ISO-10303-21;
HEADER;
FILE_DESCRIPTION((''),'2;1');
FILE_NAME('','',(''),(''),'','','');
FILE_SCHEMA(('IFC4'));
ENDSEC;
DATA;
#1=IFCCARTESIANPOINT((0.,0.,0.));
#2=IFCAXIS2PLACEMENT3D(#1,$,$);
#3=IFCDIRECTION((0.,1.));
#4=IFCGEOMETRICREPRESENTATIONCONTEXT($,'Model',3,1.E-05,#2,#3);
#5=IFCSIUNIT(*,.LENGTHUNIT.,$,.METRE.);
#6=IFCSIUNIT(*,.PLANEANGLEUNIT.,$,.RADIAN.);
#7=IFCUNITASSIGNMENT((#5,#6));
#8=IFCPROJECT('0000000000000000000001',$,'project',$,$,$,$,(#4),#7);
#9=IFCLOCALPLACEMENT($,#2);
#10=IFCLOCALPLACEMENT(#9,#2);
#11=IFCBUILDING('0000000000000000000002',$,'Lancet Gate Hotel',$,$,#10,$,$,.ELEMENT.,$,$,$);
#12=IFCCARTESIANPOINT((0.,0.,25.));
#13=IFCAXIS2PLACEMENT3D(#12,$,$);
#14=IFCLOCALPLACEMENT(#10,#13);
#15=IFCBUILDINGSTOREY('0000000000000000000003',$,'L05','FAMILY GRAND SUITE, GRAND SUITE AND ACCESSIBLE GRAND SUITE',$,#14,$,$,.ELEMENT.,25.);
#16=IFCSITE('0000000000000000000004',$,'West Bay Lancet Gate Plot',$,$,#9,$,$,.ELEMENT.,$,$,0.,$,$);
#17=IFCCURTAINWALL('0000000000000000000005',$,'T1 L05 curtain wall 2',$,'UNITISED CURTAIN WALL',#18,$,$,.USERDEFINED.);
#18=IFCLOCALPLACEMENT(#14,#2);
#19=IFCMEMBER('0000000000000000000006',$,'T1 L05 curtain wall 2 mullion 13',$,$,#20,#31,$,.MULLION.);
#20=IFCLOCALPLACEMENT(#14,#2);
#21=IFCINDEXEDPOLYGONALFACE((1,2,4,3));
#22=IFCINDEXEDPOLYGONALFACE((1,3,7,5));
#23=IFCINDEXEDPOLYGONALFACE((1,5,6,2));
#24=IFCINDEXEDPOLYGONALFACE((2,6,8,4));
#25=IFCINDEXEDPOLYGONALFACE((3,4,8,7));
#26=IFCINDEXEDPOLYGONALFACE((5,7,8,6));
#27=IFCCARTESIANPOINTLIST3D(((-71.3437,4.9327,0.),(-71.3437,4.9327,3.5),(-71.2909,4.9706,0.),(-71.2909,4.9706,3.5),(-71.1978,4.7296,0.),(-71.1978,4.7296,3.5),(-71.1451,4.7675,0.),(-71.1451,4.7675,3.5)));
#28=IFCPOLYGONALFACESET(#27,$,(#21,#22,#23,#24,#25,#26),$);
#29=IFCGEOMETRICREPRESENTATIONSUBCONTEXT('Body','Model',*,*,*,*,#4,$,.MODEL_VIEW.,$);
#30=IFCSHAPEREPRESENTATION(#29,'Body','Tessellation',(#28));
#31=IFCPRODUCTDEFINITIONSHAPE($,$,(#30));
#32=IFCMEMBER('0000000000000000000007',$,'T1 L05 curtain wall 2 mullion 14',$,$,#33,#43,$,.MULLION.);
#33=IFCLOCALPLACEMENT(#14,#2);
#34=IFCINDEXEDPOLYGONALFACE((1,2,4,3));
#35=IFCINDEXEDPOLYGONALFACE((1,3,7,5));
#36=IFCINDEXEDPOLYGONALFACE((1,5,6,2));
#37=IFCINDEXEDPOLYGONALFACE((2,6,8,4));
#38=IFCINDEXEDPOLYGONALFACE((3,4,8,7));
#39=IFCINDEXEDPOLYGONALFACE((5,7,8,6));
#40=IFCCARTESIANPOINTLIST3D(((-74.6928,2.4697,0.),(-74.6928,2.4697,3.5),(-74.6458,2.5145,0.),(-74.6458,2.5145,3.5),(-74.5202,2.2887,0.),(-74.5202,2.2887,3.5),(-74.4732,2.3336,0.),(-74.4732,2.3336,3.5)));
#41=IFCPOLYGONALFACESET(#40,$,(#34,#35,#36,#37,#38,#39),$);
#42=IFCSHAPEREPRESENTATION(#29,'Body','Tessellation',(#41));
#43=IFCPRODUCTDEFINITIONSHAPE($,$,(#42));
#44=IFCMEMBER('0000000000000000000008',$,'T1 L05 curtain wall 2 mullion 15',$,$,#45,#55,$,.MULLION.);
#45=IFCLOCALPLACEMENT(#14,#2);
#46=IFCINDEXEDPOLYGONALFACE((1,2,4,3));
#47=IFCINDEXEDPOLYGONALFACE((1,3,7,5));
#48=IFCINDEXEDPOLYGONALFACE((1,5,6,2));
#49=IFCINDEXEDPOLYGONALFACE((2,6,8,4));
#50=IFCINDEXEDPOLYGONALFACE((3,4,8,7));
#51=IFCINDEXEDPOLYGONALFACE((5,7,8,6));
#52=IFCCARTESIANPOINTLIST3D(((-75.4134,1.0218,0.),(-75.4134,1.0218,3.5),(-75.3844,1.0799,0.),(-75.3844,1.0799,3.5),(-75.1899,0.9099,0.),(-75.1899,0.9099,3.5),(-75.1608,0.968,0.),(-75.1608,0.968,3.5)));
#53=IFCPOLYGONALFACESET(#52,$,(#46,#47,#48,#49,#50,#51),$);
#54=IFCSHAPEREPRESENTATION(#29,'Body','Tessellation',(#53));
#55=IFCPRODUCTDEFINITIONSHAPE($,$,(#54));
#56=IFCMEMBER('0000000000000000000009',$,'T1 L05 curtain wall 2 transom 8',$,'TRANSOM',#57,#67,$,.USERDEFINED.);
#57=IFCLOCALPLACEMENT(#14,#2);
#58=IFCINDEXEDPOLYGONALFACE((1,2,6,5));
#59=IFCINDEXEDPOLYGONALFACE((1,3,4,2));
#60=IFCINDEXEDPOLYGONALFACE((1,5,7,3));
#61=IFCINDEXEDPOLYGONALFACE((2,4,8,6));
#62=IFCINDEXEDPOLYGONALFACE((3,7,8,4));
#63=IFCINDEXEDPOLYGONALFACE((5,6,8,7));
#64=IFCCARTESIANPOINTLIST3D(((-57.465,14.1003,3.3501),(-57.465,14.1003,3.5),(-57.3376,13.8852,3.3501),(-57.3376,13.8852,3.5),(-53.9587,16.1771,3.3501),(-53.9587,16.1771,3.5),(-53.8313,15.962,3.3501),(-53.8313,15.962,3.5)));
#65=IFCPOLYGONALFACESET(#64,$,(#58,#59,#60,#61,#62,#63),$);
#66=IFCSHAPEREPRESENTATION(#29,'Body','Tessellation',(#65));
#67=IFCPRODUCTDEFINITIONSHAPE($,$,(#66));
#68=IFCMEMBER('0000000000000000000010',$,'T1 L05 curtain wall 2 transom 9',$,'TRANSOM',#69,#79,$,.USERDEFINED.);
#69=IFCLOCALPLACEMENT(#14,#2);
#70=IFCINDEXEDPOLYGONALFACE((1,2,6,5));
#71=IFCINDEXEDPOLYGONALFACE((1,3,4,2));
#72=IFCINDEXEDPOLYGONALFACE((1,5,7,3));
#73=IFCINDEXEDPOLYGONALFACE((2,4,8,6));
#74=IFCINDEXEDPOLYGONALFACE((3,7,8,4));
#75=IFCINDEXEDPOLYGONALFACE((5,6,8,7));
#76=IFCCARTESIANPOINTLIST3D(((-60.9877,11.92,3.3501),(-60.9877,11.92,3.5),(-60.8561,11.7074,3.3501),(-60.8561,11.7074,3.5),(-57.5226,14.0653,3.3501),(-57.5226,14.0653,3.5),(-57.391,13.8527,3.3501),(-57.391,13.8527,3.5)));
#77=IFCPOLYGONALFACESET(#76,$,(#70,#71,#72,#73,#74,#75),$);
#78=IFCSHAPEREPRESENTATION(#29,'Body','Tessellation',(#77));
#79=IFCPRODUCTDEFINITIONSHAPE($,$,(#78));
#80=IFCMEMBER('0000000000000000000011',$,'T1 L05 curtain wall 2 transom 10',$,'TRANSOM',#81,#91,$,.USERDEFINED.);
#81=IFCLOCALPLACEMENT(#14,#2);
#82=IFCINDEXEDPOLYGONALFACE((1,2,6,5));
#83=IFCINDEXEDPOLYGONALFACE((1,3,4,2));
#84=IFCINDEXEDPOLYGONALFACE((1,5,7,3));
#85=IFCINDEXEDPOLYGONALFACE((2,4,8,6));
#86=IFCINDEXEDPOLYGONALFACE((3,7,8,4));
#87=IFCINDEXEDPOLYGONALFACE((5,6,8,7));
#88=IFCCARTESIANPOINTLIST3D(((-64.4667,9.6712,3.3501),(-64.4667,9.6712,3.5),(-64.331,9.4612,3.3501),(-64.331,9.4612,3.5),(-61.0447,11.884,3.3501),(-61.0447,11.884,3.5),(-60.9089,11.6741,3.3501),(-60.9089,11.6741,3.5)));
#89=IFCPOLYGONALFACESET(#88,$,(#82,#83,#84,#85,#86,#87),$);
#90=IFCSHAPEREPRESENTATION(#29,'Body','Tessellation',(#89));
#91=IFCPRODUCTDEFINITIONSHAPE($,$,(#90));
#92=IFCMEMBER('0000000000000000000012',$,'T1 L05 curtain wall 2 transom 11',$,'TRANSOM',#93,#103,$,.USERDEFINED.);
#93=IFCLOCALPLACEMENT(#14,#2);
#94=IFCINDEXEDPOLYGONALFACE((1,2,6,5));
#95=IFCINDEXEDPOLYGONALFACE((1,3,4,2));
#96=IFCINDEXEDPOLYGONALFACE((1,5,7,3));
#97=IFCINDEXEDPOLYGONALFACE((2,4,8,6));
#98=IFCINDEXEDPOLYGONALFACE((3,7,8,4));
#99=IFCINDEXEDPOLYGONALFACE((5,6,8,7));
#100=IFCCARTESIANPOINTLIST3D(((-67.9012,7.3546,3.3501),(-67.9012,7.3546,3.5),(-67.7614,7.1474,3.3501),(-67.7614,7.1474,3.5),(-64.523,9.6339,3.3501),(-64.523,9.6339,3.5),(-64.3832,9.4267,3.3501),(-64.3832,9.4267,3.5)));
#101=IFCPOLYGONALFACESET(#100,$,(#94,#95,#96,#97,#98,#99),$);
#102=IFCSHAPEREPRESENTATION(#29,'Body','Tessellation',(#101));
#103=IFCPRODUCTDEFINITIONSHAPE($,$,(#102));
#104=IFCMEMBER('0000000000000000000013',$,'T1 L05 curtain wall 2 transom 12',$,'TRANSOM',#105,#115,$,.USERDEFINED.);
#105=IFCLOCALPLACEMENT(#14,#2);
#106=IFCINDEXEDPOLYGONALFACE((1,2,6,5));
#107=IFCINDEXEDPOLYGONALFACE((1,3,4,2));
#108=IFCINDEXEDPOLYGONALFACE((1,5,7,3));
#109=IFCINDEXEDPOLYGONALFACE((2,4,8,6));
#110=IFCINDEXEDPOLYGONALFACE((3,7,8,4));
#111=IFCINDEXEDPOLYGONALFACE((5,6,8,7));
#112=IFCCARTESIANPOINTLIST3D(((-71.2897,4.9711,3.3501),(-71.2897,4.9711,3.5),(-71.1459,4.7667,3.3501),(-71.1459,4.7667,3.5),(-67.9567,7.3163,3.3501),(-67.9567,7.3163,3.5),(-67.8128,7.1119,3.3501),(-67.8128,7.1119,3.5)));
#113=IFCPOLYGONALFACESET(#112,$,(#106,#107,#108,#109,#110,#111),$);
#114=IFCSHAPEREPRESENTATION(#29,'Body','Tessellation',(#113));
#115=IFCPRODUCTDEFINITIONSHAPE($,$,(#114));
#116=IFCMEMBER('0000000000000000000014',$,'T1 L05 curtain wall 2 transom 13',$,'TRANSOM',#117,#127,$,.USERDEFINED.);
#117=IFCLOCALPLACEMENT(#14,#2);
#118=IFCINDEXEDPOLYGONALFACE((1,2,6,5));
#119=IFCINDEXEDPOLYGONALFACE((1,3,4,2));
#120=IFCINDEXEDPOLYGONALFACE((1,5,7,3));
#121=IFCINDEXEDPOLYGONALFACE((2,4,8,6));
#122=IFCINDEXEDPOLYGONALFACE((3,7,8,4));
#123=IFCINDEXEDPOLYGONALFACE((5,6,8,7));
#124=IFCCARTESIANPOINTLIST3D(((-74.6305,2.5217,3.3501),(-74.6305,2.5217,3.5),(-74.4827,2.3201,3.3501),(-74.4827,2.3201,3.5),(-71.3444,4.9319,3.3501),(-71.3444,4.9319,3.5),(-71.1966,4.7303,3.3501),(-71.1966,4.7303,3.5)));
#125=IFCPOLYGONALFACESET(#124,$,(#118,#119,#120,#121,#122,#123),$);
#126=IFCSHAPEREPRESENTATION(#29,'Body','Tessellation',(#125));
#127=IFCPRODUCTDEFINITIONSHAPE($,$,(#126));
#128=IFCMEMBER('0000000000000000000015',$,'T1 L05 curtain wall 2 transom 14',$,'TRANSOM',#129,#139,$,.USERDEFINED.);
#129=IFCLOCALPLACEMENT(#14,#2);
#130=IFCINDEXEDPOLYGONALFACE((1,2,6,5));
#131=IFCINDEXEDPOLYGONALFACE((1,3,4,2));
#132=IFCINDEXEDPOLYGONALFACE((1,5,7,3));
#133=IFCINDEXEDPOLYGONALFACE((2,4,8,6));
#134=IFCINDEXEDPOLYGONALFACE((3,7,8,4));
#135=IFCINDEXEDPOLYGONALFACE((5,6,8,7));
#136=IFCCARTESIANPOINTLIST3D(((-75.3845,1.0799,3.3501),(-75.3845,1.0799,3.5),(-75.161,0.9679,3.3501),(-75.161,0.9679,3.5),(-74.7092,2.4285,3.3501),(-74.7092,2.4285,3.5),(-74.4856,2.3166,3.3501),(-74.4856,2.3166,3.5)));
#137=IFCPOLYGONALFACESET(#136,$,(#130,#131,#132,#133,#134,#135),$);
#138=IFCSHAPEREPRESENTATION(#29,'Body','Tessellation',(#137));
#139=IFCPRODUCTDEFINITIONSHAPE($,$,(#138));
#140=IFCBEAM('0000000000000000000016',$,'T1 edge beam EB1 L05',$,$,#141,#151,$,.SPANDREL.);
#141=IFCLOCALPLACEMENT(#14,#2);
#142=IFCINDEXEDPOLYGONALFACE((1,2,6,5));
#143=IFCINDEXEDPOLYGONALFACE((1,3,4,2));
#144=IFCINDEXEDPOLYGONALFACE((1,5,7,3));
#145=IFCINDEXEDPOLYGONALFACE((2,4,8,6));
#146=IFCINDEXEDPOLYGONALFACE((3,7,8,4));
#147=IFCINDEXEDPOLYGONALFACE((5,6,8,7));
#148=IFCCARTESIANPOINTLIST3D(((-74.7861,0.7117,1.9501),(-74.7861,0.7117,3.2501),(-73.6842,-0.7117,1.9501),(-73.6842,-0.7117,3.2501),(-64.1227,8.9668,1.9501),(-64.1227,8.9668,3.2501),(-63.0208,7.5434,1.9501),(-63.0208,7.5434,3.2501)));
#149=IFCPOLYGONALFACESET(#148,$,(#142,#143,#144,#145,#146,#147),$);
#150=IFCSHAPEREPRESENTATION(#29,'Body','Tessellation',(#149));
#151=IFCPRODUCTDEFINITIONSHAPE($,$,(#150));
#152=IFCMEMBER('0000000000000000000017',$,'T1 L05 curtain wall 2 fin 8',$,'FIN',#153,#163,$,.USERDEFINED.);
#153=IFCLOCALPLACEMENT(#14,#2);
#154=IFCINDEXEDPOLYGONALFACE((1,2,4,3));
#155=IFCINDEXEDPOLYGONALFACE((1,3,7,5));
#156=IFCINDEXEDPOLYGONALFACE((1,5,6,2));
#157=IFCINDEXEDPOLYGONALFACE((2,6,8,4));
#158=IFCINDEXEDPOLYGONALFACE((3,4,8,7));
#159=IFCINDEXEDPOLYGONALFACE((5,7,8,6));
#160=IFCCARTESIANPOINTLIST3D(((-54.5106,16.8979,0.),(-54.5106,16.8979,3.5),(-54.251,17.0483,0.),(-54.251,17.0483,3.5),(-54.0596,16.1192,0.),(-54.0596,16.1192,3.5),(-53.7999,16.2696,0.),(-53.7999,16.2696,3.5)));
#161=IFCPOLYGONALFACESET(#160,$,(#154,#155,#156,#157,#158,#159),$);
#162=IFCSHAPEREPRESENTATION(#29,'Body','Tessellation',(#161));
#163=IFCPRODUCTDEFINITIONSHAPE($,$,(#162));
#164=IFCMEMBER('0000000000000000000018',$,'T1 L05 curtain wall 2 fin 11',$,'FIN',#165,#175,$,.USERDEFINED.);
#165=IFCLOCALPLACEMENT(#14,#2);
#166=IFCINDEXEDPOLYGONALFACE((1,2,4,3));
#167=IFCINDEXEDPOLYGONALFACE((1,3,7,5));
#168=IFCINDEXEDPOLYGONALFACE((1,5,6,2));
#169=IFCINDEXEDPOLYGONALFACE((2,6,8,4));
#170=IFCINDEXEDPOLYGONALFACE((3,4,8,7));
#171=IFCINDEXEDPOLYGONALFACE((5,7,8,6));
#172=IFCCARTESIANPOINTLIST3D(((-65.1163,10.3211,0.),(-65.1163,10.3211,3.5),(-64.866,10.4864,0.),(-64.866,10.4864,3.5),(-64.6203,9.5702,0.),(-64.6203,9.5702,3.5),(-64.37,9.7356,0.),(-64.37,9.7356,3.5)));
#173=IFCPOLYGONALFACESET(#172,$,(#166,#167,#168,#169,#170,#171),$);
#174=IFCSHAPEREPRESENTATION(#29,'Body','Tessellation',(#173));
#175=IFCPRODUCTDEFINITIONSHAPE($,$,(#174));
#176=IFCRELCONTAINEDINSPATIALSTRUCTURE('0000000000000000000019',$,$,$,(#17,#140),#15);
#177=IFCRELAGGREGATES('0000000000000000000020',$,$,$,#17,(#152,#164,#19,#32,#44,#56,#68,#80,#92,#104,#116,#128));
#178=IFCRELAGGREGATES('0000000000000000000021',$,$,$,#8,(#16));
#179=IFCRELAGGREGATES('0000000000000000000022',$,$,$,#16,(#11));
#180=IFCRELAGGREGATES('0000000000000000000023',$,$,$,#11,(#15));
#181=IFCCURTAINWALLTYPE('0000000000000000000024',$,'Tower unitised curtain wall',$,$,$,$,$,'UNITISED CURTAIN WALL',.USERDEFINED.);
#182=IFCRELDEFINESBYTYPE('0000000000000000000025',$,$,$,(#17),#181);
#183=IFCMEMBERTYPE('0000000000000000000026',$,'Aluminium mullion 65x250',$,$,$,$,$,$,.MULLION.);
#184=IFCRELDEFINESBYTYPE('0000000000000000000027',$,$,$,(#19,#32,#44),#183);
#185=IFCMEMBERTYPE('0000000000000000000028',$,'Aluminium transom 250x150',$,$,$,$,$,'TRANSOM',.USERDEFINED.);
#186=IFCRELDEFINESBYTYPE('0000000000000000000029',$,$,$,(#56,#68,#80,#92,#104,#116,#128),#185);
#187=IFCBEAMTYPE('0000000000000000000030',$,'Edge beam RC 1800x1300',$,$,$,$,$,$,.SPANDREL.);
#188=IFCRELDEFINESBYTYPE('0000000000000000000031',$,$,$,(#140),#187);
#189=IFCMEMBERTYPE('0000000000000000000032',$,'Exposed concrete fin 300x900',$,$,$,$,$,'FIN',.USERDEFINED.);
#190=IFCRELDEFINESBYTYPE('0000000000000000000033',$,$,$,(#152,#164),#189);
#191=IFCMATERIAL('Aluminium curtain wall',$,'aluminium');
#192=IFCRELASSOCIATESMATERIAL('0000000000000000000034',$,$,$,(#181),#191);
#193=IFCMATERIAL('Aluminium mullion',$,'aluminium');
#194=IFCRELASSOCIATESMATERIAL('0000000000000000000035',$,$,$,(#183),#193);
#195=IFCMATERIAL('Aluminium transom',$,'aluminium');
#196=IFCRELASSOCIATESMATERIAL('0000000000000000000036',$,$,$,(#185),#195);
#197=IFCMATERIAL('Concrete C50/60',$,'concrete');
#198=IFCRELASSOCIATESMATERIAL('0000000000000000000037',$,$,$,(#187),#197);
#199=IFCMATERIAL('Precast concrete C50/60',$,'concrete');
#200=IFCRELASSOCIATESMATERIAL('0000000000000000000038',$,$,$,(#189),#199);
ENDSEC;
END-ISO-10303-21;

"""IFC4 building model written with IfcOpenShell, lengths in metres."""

from ifc_helpers import new_model, si_unit, direction, frame, origin, origin_2d, place, context, subcontext, project, spatial, rectangle, extrude, material, material_profile, profile_set, type_object, element, aggregate, save


model = new_model("IFC4")

# Units and contexts
model_context = context("Model", 3, precision=1e-05, world=origin(), true_north=direction((0.0, 1.0)))
body_context = subcontext(model_context, "Body", "Model", "MODEL_VIEW")
ifc_project = project(units=[si_unit("LENGTHUNIT", "METRE"), si_unit("PLANEANGLEUNIT", "RADIAN")], contexts=[model_context])

# Site, building, storey
site_placement = place(None, origin())
site = spatial("IfcSite", under=ifc_project, at=site_placement, Name="West Bay Lancet Gate Plot", CompositionType="ELEMENT", RefElevation=0.0)
building_placement = place(site_placement, origin())
building = spatial("IfcBuilding", under=site, at=building_placement, Name="Lancet Gate Hotel", CompositionType="ELEMENT")
storey_placement = place(building_placement, frame((0.0, 0.0, 25.0)))
storey = spatial("IfcBuildingStorey", under=building, at=storey_placement, Name="L05", Description="FAMILY GRAND SUITE, GRAND SUITE AND ACCESSIBLE GRAND SUITE", CompositionType="ELEMENT", Elevation=25.0)

# Curtain wall, members
ifc_material_1 = material(Name="Aluminium curtain wall", Category="aluminium")
curtain_wall_type = type_object("IfcCurtainWallType", Name="Tower unitised curtain wall", ElementType="UNITISED CURTAIN WALL", PredefinedType="USERDEFINED", material=ifc_material_1)
curtain_wall_placement = place(storey_placement, origin())
curtain_wall = element("IfcCurtainWall", 1, at=curtain_wall_placement, inside=storey, type_object=curtain_wall_type, Name="T1 L05 curtain wall 2", ObjectType="UNITISED CURTAIN WALL", PredefinedType="USERDEFINED")
ifc_material_2 = material(Name="Aluminium mullion", Category="aluminium")
ifc_material_profile_1 = material_profile(ifc_material_2, rectangle(XDim=0.0649, YDim=0.25, at=origin_2d()), Name="MULLION 65x250")
ifc_profile_set_1 = profile_set([ifc_material_profile_1], Name="Aluminium mullion")
member_type_1 = type_object("IfcMemberType", Name="Aluminium mullion 65x250", PredefinedType="MULLION", material=ifc_profile_set_1)
member_1_placement = place(storey_placement, frame((-71.2444, 4.8501, 0.0), z_axis=(0.0, 0.0, 1.0), x_axis=(-0.812147, -0.583453, 0.0)))
member_1 = element("IfcMember", 2, at=member_1_placement, type_object=member_type_1, Name="T1 L05 curtain wall 2 mullion 13", PredefinedType="MULLION", context=body_context, shape_type="SweptSolid", body=[
    extrude(rectangle(XDim=0.0649, YDim=0.25, at=origin_2d()), origin(), (0.0, 0.0, 1.0), 3.5),
])
member_2_placement = place(storey_placement, frame((-74.583, 2.4016, 0.0), z_axis=(0.0, 0.0, 1.0), x_axis=(-0.723696, -0.690119, 0.0)))
member_2 = element("IfcMember", 3, at=member_2_placement, type_object=member_type_1, Name="T1 L05 curtain wall 2 mullion 14", PredefinedType="MULLION", context=body_context, shape_type="SweptSolid", body=[
    extrude(rectangle(XDim=0.0649, YDim=0.25, at=origin_2d()), origin(), (0.0, 0.0, 1.0), 3.5),
])
member_3_placement = place(storey_placement, frame((-75.2871, 0.9949, 0.0), z_axis=(0.0, 0.0, 1.0), x_axis=(-0.447628, -0.89422, 0.0)))
member_3 = element("IfcMember", 4, at=member_3_placement, type_object=member_type_1, Name="T1 L05 curtain wall 2 mullion 15", PredefinedType="MULLION", context=body_context, shape_type="SweptSolid", body=[
    extrude(rectangle(XDim=0.0649, YDim=0.25, at=origin_2d()), origin(), (0.0, 0.0, 1.0), 3.5),
])
ifc_material_3 = material(Name="Aluminium transom", Category="aluminium")
ifc_material_profile_2 = material_profile(ifc_material_3, rectangle(XDim=0.25, YDim=0.1499, at=origin_2d()), Name="TRANSOM 250x150")
ifc_profile_set_2 = profile_set([ifc_material_profile_2], Name="Aluminium transom")
member_type_2 = type_object("IfcMemberType", Name="Aluminium transom 250x150", ElementType="TRANSOM", PredefinedType="USERDEFINED", material=ifc_profile_set_2)
member_4_placement = place(storey_placement, frame((-53.895, 16.0696, 3.425), z_axis=(-0.860392, -0.509633, 0.0), x_axis=(0.509633, -0.860392, 0.0)))
member_4 = element("IfcMember", 5, at=member_4_placement, type_object=member_type_2, Name="T1 L05 curtain wall 2 transom 8", ObjectType="TRANSOM", PredefinedType="USERDEFINED", context=body_context, shape_type="SweptSolid", body=[
    extrude(rectangle(XDim=0.25, YDim=0.1499, at=origin_2d()), origin(), (0.0, 0.0, 1.0), 4.0752),
])
member_5_placement = place(storey_placement, frame((-57.4568, 13.959, 3.425), z_axis=(-0.850242, -0.526392, 0.0), x_axis=(0.526392, -0.850242, 0.0)))
member_5 = element("IfcMember", 6, at=member_5_placement, type_object=member_type_2, Name="T1 L05 curtain wall 2 transom 9", ObjectType="TRANSOM", PredefinedType="USERDEFINED", context=body_context, shape_type="SweptSolid", body=[
    extrude(rectangle(XDim=0.25, YDim=0.1499, at=origin_2d()), origin(), (0.0, 0.0, 1.0), 4.0754),
])
member_6_placement = place(storey_placement, frame((-60.9768, 11.7791, 3.425), z_axis=(-0.839729, -0.543005, 0.0), x_axis=(0.543005, -0.839729, 0.0)))
member_6 = element("IfcMember", 7, at=member_6_placement, type_object=member_type_2, Name="T1 L05 curtain wall 2 transom 10", ObjectType="TRANSOM", PredefinedType="USERDEFINED", context=body_context, shape_type="SweptSolid", body=[
    extrude(rectangle(XDim=0.25, YDim=0.1499, at=origin_2d()), origin(), (0.0, 0.0, 1.0), 4.0752),
])
member_7_placement = place(storey_placement, frame((-64.4531, 9.5303, 3.425), z_axis=(-0.828959, -0.559309, 0.0), x_axis=(0.559309, -0.828959, 0.0)))
member_7 = element("IfcMember", 8, at=member_7_placement, type_object=member_type_2, Name="T1 L05 curtain wall 2 transom 11", ObjectType="TRANSOM", PredefinedType="USERDEFINED", context=body_context, shape_type="SweptSolid", body=[
    extrude(rectangle(XDim=0.25, YDim=0.1499, at=origin_2d()), origin(), (0.0, 0.0, 1.0), 4.0752),
])
member_8_placement = place(storey_placement, frame((-67.8848, 7.2141, 3.425), z_axis=(-0.817834, -0.575455, 0.0), x_axis=(0.575455, -0.817834, 0.0)))
member_8 = element("IfcMember", 9, at=member_8_placement, type_object=member_type_2, Name="T1 L05 curtain wall 2 transom 12", ObjectType="TRANSOM", PredefinedType="USERDEFINED", context=body_context, shape_type="SweptSolid", body=[
    extrude(rectangle(XDim=0.25, YDim=0.1499, at=origin_2d()), origin(), (0.0, 0.0, 1.0), 4.0754),
])
member_9_placement = place(storey_placement, frame((-71.2705, 4.8311, 3.425), z_axis=(-0.806367, -0.591416, 0.0), x_axis=(0.591416, -0.806367, 0.0)))
member_9 = element("IfcMember", 10, at=member_9_placement, type_object=member_type_2, Name="T1 L05 curtain wall 2 transom 13", ObjectType="TRANSOM", PredefinedType="USERDEFINED", context=body_context, shape_type="SweptSolid", body=[
    extrude(rectangle(XDim=0.25, YDim=0.1499, at=origin_2d()), origin(), (0.0, 0.0, 1.0), 4.0752),
])
member_10_placement = place(storey_placement, frame((-74.5974, 2.3726, 3.425), z_axis=(-0.447732, -0.894168, 0.0), x_axis=(0.894168, -0.447732, 0.0)))
member_10 = element("IfcMember", 11, at=member_10_placement, type_object=member_type_2, Name="T1 L05 curtain wall 2 transom 14", ObjectType="TRANSOM", PredefinedType="USERDEFINED", context=body_context, shape_type="SweptSolid", body=[
    extrude(rectangle(XDim=0.25, YDim=0.1499, at=origin_2d()), origin(), (0.0, 0.0, 1.0), 1.5083),
])

# Beam
ifc_material_4 = material(Name="Concrete C50/60", Category="concrete")
ifc_material_profile_3 = material_profile(ifc_material_4, rectangle(XDim=1.8, YDim=1.3, at=origin_2d()), Name="RC 1800x1300")
ifc_profile_set_3 = profile_set([ifc_material_profile_3], Name="Concrete C50/60")
beam_type_1 = type_object("IfcBeamType", Name="Edge beam RC 1800x1300", PredefinedType="SPANDREL", material=ifc_profile_set_3)
beam_1_placement = place(storey_placement, frame((-63.5718, 8.2551, 2.6001), z_axis=(-0.790736, -0.612157, 0.0), x_axis=(0.612157, -0.790736, 0.0)))
element("IfcBeam", 12, at=beam_1_placement, inside=storey, type_object=beam_type_1, Name="T1 edge beam EB1 L05", PredefinedType="SPANDREL", context=body_context, shape_type="SweptSolid", body=[
    extrude(rectangle(XDim=1.8, YDim=1.3, at=origin_2d()), origin(), (0.0, 0.0, 1.0), 13.4854),
])

# Members
ifc_material_5 = material(Name="Precast concrete C50/60", Category="concrete")
ifc_material_profile_4 = material_profile(ifc_material_5, rectangle(XDim=0.3, YDim=0.8999, at=origin_2d()), Name="FIN 300x900")
ifc_profile_set_4 = profile_set([ifc_material_profile_4], Name="Precast concrete C50/60")
member_type_3 = type_object("IfcMemberType", Name="Exposed concrete fin 300x900", ElementType="FIN", PredefinedType="USERDEFINED", material=ifc_profile_set_4)
member_11_placement = place(storey_placement, frame((-54.1553, 16.5837, 0.0), z_axis=(0.0, 0.0, 1.0), x_axis=(-0.865335, -0.501194, 0.0)))
member_11 = element("IfcMember", 13, at=member_11_placement, type_object=member_type_3, Name="T1 L05 curtain wall 2 fin 8", ObjectType="FIN", PredefinedType="USERDEFINED", context=body_context, shape_type="SweptSolid", body=[
    extrude(rectangle(XDim=0.3, YDim=0.8999, at=origin_2d()), origin(), (0.0, 0.0, 1.0), 3.5),
])
member_12_placement = place(storey_placement, frame((-64.7432, 10.0283, 0.0), z_axis=(0.0, 0.0, 1.0), x_axis=(-0.834387, -0.551178, 0.0)))
member_12 = element("IfcMember", 14, at=member_12_placement, type_object=member_type_3, Name="T1 L05 curtain wall 2 fin 11", ObjectType="FIN", PredefinedType="USERDEFINED", context=body_context, shape_type="SweptSolid", body=[
    extrude(rectangle(XDim=0.3, YDim=0.8999, at=origin_2d()), origin(), (0.0, 0.0, 1.0), 3.5),
])

aggregate(curtain_wall, [member_11, member_12, member_1, member_2, member_3, member_4, member_5, member_6, member_7, member_8, member_9, member_10])

save(model, "model.ifc")
